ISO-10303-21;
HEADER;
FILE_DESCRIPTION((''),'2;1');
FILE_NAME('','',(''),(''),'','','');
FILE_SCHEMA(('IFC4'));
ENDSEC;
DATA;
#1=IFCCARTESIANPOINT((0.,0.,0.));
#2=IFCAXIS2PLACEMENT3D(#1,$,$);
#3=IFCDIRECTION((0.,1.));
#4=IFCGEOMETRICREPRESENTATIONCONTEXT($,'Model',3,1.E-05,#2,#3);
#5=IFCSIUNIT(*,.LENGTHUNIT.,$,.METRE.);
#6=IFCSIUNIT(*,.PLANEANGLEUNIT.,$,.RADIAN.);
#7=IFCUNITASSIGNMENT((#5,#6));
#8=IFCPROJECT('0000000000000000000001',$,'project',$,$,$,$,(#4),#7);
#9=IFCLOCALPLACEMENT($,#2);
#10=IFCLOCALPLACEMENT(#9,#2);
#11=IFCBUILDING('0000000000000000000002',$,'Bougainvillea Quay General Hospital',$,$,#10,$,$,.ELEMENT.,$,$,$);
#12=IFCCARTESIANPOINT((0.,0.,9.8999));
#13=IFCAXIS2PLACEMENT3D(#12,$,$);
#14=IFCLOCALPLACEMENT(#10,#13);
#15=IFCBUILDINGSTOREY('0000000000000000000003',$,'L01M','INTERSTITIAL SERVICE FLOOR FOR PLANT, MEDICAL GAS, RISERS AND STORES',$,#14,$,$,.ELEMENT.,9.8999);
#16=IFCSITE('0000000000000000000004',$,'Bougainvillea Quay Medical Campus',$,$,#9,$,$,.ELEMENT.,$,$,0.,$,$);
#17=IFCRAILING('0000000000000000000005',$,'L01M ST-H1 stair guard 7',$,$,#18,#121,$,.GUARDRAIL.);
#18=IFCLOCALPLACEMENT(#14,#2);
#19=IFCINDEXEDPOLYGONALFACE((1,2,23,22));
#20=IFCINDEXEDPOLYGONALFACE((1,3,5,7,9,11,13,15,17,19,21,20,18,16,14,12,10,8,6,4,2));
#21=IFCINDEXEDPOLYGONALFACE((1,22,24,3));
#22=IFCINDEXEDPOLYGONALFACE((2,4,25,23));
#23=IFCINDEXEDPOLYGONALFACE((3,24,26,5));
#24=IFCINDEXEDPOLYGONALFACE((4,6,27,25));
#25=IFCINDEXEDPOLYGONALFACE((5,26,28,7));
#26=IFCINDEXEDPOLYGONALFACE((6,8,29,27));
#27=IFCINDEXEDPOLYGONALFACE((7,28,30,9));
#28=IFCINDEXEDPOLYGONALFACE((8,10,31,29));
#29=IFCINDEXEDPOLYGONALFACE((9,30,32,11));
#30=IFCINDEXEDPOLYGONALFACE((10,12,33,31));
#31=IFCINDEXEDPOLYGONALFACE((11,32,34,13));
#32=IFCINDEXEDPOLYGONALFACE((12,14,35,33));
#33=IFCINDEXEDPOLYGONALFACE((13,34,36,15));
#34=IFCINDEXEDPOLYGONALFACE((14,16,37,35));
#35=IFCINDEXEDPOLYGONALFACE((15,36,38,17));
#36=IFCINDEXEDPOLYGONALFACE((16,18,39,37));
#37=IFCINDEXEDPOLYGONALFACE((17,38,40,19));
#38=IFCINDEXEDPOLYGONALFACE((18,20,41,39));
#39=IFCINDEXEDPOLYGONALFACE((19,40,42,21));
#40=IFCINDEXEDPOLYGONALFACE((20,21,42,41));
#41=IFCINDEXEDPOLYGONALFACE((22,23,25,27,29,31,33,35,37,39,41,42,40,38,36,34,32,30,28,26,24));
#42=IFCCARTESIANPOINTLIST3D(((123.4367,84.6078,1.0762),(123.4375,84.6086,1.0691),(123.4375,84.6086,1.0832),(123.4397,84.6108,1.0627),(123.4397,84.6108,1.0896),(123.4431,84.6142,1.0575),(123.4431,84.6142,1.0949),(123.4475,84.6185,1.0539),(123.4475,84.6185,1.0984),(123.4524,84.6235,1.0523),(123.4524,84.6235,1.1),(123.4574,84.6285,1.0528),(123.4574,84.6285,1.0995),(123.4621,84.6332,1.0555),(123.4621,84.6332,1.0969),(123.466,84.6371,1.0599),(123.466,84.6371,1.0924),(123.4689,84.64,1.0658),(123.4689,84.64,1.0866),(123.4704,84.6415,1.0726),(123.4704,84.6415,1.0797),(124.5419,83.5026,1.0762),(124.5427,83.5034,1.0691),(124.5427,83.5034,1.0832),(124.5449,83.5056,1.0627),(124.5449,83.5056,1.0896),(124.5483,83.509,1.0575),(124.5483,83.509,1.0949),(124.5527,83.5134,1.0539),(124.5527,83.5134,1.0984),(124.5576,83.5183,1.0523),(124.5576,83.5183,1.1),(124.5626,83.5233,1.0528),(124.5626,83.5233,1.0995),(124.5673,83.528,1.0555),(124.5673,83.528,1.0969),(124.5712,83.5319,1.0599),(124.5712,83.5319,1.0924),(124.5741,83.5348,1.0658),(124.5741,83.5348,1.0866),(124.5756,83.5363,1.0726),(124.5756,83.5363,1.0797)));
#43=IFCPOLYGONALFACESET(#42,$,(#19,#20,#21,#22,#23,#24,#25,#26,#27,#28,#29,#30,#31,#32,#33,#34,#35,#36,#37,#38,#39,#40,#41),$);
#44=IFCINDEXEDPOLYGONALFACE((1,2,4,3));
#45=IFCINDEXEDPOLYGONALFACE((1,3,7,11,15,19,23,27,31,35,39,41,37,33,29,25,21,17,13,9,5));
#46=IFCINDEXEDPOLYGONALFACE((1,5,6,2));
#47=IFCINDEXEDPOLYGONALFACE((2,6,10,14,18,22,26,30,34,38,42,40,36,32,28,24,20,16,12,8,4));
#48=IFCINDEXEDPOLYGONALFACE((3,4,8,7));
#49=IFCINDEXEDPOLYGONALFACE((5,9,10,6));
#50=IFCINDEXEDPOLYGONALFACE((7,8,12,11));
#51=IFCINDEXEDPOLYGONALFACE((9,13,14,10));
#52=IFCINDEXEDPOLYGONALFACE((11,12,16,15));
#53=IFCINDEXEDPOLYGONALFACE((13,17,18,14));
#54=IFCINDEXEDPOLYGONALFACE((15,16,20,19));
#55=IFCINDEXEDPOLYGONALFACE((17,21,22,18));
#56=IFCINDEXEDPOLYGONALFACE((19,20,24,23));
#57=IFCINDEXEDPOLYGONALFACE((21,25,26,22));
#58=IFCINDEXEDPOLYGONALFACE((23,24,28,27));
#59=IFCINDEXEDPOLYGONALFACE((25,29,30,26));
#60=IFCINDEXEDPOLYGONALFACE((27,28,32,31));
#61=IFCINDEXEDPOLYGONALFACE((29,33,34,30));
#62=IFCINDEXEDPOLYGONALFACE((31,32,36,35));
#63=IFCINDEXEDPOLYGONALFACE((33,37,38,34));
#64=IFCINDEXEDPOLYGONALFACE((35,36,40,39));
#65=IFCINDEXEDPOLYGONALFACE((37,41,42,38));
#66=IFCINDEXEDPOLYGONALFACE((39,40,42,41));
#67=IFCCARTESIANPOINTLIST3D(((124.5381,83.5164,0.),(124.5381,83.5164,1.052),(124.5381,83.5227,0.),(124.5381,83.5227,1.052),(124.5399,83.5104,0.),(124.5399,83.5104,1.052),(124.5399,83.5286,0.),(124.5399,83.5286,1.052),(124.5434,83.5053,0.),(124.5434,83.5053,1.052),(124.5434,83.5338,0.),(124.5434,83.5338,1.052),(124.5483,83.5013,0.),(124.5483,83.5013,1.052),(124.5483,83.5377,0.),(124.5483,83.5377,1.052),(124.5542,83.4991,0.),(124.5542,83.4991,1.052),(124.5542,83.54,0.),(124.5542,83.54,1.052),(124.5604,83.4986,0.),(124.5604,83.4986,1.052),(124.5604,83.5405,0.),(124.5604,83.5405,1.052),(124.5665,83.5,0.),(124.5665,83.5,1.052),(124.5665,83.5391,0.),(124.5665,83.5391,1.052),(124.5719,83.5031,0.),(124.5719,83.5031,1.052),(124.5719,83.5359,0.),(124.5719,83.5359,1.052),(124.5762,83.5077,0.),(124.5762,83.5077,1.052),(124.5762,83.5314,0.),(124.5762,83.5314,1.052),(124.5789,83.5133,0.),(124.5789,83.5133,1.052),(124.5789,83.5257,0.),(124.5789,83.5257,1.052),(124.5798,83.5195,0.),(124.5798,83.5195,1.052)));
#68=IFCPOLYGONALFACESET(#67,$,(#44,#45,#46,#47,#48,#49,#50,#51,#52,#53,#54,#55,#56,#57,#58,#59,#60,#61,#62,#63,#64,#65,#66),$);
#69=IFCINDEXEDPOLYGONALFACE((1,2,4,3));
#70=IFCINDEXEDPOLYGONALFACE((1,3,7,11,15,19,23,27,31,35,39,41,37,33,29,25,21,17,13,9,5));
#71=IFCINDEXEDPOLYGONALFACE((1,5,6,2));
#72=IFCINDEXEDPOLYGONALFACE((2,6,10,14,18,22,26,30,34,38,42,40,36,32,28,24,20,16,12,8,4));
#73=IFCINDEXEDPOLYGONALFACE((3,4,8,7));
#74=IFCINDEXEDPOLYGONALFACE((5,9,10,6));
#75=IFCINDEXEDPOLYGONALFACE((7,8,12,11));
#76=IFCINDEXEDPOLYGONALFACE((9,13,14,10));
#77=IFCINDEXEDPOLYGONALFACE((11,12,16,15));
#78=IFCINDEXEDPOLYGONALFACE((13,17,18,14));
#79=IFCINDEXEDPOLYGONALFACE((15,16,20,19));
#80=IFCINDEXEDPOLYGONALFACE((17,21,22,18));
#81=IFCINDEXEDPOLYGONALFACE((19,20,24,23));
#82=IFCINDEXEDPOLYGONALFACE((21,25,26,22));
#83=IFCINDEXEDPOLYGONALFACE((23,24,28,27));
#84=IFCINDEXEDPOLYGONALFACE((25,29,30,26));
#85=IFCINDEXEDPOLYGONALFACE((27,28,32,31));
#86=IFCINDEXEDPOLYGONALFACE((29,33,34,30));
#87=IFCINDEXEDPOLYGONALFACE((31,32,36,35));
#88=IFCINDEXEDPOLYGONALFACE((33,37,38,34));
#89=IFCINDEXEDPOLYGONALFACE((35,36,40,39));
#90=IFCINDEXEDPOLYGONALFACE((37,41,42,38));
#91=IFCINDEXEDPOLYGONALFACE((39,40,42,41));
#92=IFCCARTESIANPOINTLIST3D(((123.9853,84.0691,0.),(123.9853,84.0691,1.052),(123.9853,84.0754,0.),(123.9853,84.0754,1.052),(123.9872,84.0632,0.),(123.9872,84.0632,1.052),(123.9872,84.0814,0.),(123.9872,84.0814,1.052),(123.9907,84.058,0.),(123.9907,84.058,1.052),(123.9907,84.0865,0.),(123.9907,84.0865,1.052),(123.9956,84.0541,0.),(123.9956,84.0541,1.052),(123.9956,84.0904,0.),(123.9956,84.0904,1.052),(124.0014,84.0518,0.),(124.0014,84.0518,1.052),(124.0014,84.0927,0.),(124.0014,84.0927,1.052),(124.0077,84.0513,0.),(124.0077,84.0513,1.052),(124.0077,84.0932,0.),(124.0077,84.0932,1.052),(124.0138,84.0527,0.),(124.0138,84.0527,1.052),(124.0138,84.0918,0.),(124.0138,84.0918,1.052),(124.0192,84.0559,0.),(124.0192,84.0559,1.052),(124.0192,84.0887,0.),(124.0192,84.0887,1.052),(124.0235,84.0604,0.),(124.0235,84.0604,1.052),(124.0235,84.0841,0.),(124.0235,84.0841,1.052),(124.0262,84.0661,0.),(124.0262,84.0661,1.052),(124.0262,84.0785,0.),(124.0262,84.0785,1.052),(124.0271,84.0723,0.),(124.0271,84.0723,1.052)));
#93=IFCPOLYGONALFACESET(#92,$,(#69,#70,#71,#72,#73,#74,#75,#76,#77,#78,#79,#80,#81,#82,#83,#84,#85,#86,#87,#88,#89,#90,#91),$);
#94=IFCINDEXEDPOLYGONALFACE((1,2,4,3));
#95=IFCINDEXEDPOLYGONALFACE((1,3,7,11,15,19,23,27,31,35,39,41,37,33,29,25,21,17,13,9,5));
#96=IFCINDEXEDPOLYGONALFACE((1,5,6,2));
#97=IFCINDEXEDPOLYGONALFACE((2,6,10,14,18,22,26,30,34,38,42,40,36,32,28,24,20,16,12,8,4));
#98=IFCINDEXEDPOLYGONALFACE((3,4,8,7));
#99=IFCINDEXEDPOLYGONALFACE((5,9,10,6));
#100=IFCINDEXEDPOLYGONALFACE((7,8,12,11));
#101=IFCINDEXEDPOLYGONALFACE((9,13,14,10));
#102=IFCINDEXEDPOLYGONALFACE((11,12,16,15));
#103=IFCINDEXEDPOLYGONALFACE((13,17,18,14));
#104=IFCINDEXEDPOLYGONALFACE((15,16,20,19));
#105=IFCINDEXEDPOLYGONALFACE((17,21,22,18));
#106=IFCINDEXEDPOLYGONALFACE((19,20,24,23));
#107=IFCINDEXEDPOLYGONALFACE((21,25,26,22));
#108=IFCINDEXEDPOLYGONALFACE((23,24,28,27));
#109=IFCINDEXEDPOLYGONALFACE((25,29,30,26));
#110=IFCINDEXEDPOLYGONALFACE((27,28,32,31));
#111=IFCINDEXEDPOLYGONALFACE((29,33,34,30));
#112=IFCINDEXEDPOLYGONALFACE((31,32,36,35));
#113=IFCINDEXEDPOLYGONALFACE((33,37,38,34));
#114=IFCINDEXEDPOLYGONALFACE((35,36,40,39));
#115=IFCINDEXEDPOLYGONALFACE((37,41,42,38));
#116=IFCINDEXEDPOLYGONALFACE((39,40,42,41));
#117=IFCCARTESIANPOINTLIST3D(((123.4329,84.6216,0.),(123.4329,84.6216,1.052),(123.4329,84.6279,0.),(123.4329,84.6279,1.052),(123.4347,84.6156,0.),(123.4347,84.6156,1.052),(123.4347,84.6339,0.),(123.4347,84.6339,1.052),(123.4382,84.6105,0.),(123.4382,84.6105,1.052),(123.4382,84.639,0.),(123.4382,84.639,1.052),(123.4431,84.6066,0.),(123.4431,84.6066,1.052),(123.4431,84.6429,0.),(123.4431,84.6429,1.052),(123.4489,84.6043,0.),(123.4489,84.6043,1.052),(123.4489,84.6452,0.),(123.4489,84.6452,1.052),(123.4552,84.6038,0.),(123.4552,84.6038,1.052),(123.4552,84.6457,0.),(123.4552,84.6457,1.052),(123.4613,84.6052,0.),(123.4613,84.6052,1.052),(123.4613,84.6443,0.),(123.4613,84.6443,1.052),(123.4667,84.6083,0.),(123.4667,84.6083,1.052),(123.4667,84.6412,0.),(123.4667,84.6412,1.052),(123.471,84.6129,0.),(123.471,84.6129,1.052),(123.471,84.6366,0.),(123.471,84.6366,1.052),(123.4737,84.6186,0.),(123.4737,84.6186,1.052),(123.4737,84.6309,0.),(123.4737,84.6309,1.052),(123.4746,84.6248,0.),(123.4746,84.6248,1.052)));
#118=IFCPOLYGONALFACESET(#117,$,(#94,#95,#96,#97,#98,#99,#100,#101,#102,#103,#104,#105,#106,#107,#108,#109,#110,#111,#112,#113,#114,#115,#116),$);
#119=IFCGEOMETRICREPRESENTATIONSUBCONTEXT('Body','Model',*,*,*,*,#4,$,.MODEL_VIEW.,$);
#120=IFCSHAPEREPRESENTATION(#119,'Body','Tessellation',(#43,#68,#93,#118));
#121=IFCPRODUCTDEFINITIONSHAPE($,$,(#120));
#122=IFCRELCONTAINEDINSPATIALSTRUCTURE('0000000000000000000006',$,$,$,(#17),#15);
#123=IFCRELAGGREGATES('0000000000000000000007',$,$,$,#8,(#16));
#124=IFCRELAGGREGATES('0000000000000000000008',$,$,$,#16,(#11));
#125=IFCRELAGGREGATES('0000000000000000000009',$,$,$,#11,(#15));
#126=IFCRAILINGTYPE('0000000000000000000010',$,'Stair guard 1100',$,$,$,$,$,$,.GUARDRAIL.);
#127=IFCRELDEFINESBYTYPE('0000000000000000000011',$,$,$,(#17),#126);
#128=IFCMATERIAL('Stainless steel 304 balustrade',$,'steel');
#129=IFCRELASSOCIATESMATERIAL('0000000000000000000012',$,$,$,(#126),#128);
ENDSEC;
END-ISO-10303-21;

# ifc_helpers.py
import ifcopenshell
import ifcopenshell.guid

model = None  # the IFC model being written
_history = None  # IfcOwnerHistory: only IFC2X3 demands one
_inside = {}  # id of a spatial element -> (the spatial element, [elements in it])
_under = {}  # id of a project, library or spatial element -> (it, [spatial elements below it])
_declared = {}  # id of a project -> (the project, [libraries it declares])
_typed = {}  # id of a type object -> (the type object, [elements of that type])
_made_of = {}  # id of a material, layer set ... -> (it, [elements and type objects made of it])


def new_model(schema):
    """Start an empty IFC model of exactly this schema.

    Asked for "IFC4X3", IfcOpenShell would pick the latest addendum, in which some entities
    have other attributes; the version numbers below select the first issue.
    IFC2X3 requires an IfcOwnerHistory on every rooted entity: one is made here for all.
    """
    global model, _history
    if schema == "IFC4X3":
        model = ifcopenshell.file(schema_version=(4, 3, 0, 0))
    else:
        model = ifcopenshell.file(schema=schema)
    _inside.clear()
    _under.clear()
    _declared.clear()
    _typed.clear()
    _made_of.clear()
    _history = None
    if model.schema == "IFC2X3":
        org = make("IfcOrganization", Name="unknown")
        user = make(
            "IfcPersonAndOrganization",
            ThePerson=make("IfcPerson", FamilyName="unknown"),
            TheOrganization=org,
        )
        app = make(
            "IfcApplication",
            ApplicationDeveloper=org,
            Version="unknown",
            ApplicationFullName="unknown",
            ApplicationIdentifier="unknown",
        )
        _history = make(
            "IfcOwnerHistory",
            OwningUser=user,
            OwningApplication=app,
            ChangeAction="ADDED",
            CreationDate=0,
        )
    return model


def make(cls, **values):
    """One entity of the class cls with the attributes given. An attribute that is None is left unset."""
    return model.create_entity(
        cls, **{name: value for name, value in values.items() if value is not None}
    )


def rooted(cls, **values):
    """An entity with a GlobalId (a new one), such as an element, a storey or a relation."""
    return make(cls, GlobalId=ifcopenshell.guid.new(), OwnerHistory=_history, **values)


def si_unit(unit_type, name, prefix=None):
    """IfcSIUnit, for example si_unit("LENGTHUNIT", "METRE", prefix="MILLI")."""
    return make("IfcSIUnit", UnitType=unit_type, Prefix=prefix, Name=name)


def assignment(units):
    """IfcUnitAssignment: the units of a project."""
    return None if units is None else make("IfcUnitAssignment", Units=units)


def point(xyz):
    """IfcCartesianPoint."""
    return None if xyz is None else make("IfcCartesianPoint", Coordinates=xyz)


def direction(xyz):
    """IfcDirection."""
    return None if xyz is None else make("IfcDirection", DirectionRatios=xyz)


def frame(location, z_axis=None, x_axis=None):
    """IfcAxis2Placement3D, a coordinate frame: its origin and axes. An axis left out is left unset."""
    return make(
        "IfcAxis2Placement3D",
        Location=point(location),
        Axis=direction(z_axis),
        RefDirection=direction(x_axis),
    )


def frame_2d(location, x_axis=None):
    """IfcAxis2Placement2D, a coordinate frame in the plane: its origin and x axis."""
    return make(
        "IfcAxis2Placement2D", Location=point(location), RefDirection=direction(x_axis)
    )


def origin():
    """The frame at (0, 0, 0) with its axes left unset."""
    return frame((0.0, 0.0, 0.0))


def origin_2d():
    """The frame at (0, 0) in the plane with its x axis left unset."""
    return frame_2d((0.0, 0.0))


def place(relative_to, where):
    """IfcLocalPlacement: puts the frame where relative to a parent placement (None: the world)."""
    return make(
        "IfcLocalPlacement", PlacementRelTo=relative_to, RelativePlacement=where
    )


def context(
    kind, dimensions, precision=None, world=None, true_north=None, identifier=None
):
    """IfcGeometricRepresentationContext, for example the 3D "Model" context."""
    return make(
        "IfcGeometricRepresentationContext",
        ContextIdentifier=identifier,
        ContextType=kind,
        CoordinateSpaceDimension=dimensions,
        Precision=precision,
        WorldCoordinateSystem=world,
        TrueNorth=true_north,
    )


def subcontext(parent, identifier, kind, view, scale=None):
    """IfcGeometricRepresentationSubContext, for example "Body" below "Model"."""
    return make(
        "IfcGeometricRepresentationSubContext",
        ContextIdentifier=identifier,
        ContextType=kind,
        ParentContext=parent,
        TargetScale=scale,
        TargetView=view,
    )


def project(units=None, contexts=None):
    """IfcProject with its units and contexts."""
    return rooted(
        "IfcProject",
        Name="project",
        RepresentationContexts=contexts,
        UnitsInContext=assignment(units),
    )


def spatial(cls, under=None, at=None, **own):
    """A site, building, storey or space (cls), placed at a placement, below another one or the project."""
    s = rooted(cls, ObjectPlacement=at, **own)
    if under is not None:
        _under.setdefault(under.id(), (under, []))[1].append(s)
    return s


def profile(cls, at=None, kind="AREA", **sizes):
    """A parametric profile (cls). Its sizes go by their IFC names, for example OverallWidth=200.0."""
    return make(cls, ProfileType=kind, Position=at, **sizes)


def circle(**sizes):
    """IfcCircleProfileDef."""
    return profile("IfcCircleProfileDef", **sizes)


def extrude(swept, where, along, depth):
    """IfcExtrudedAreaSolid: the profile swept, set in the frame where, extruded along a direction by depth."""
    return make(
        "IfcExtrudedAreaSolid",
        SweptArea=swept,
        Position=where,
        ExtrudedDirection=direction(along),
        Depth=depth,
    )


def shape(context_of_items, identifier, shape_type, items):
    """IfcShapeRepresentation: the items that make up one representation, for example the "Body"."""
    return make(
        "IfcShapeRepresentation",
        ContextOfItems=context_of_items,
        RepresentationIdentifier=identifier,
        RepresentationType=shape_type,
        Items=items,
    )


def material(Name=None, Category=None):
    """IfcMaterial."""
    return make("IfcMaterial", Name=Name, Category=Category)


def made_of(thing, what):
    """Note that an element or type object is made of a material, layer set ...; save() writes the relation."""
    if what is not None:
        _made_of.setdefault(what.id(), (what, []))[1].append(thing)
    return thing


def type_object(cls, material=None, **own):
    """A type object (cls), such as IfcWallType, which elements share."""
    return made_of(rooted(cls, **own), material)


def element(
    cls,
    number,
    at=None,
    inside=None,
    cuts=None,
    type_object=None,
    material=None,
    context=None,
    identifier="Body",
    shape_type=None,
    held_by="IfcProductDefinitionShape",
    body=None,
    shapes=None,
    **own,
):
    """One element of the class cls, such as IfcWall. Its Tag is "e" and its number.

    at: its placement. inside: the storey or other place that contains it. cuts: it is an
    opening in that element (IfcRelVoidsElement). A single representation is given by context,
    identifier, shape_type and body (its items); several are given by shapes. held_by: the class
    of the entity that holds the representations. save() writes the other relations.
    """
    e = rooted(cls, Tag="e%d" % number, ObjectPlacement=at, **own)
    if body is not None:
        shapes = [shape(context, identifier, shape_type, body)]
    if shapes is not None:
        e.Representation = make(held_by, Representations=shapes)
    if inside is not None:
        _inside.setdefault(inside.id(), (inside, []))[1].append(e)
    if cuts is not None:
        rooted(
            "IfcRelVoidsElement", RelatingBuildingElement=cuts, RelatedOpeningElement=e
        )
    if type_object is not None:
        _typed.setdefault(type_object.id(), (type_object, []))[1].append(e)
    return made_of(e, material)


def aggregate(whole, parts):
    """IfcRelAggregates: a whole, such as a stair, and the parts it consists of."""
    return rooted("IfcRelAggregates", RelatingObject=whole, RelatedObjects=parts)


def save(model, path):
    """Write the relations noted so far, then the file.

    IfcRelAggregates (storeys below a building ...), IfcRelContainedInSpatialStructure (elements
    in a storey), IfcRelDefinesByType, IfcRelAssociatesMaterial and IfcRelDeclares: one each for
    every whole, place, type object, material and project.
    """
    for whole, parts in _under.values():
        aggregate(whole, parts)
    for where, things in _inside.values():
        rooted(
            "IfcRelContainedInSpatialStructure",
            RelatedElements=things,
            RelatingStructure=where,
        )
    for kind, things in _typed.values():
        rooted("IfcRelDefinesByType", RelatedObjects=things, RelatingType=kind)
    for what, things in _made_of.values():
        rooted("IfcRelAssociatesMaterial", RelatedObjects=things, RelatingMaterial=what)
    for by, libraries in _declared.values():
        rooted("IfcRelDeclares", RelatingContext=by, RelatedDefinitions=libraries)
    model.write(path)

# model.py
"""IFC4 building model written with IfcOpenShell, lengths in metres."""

from ifc_helpers import new_model, si_unit, direction, frame, origin, origin_2d, place, context, subcontext, project, spatial, circle, extrude, material, type_object, element, save


model = new_model("IFC4")

# Units and contexts
model_context = context("Model", 3, precision=1e-05, world=origin(), true_north=direction((0.0, 1.0)))
body_context = subcontext(model_context, "Body", "Model", "MODEL_VIEW")
ifc_project = project(units=[si_unit("LENGTHUNIT", "METRE"), si_unit("PLANEANGLEUNIT", "RADIAN")], contexts=[model_context])

# Site, building, storey
site_placement = place(None, origin())
site = spatial("IfcSite", under=ifc_project, at=site_placement, Name="Bougainvillea Quay Medical Campus", CompositionType="ELEMENT", RefElevation=0.0)
building_placement = place(site_placement, origin())
building = spatial("IfcBuilding", under=site, at=building_placement, Name="Bougainvillea Quay General Hospital", CompositionType="ELEMENT")
storey_placement = place(building_placement, frame((0.0, 0.0, 9.8999)))
storey = spatial("IfcBuildingStorey", under=building, at=storey_placement, Name="L01M", Description="INTERSTITIAL SERVICE FLOOR FOR PLANT, MEDICAL GAS, RISERS AND STORES", CompositionType="ELEMENT", Elevation=9.8999)

# Railing
ifc_material_1 = material(Name="Stainless steel 304 balustrade", Category="steel")
railing_type = type_object("IfcRailingType", Name="Stair guard 1100", PredefinedType="GUARDRAIL", material=ifc_material_1)
railing_placement = place(storey_placement, frame((124.5588, 83.5195, 0.0)))
element("IfcRailing", 1, at=railing_placement, inside=storey, type_object=railing_type, Name="L01M ST-H1 stair guard 7", PredefinedType="GUARDRAIL", context=body_context, shape_type="SweptSolid", body=[
    extrude(circle(Radius=0.0239, at=origin_2d()), frame((0.0, 0.0, 1.0762), z_axis=(-0.707107, 0.707107, 0.0), x_axis=(-0.707107, -0.707107, 0.0)), (0.0, 0.0, 1.0), 1.563),
    extrude(circle(Radius=0.021, at=origin_2d()), origin(), (0.0, 0.0, 1.0), 1.052),
    extrude(circle(Radius=0.021, at=origin_2d()), frame((-0.5527, 0.5527, 0.0)), (0.0, 0.0, 1.0), 1.052),
    extrude(circle(Radius=0.021, at=origin_2d()), frame((-1.1052, 1.1052, 0.0)), (0.0, 0.0, 1.0), 1.052),
])

save(model, "model.ifc")
